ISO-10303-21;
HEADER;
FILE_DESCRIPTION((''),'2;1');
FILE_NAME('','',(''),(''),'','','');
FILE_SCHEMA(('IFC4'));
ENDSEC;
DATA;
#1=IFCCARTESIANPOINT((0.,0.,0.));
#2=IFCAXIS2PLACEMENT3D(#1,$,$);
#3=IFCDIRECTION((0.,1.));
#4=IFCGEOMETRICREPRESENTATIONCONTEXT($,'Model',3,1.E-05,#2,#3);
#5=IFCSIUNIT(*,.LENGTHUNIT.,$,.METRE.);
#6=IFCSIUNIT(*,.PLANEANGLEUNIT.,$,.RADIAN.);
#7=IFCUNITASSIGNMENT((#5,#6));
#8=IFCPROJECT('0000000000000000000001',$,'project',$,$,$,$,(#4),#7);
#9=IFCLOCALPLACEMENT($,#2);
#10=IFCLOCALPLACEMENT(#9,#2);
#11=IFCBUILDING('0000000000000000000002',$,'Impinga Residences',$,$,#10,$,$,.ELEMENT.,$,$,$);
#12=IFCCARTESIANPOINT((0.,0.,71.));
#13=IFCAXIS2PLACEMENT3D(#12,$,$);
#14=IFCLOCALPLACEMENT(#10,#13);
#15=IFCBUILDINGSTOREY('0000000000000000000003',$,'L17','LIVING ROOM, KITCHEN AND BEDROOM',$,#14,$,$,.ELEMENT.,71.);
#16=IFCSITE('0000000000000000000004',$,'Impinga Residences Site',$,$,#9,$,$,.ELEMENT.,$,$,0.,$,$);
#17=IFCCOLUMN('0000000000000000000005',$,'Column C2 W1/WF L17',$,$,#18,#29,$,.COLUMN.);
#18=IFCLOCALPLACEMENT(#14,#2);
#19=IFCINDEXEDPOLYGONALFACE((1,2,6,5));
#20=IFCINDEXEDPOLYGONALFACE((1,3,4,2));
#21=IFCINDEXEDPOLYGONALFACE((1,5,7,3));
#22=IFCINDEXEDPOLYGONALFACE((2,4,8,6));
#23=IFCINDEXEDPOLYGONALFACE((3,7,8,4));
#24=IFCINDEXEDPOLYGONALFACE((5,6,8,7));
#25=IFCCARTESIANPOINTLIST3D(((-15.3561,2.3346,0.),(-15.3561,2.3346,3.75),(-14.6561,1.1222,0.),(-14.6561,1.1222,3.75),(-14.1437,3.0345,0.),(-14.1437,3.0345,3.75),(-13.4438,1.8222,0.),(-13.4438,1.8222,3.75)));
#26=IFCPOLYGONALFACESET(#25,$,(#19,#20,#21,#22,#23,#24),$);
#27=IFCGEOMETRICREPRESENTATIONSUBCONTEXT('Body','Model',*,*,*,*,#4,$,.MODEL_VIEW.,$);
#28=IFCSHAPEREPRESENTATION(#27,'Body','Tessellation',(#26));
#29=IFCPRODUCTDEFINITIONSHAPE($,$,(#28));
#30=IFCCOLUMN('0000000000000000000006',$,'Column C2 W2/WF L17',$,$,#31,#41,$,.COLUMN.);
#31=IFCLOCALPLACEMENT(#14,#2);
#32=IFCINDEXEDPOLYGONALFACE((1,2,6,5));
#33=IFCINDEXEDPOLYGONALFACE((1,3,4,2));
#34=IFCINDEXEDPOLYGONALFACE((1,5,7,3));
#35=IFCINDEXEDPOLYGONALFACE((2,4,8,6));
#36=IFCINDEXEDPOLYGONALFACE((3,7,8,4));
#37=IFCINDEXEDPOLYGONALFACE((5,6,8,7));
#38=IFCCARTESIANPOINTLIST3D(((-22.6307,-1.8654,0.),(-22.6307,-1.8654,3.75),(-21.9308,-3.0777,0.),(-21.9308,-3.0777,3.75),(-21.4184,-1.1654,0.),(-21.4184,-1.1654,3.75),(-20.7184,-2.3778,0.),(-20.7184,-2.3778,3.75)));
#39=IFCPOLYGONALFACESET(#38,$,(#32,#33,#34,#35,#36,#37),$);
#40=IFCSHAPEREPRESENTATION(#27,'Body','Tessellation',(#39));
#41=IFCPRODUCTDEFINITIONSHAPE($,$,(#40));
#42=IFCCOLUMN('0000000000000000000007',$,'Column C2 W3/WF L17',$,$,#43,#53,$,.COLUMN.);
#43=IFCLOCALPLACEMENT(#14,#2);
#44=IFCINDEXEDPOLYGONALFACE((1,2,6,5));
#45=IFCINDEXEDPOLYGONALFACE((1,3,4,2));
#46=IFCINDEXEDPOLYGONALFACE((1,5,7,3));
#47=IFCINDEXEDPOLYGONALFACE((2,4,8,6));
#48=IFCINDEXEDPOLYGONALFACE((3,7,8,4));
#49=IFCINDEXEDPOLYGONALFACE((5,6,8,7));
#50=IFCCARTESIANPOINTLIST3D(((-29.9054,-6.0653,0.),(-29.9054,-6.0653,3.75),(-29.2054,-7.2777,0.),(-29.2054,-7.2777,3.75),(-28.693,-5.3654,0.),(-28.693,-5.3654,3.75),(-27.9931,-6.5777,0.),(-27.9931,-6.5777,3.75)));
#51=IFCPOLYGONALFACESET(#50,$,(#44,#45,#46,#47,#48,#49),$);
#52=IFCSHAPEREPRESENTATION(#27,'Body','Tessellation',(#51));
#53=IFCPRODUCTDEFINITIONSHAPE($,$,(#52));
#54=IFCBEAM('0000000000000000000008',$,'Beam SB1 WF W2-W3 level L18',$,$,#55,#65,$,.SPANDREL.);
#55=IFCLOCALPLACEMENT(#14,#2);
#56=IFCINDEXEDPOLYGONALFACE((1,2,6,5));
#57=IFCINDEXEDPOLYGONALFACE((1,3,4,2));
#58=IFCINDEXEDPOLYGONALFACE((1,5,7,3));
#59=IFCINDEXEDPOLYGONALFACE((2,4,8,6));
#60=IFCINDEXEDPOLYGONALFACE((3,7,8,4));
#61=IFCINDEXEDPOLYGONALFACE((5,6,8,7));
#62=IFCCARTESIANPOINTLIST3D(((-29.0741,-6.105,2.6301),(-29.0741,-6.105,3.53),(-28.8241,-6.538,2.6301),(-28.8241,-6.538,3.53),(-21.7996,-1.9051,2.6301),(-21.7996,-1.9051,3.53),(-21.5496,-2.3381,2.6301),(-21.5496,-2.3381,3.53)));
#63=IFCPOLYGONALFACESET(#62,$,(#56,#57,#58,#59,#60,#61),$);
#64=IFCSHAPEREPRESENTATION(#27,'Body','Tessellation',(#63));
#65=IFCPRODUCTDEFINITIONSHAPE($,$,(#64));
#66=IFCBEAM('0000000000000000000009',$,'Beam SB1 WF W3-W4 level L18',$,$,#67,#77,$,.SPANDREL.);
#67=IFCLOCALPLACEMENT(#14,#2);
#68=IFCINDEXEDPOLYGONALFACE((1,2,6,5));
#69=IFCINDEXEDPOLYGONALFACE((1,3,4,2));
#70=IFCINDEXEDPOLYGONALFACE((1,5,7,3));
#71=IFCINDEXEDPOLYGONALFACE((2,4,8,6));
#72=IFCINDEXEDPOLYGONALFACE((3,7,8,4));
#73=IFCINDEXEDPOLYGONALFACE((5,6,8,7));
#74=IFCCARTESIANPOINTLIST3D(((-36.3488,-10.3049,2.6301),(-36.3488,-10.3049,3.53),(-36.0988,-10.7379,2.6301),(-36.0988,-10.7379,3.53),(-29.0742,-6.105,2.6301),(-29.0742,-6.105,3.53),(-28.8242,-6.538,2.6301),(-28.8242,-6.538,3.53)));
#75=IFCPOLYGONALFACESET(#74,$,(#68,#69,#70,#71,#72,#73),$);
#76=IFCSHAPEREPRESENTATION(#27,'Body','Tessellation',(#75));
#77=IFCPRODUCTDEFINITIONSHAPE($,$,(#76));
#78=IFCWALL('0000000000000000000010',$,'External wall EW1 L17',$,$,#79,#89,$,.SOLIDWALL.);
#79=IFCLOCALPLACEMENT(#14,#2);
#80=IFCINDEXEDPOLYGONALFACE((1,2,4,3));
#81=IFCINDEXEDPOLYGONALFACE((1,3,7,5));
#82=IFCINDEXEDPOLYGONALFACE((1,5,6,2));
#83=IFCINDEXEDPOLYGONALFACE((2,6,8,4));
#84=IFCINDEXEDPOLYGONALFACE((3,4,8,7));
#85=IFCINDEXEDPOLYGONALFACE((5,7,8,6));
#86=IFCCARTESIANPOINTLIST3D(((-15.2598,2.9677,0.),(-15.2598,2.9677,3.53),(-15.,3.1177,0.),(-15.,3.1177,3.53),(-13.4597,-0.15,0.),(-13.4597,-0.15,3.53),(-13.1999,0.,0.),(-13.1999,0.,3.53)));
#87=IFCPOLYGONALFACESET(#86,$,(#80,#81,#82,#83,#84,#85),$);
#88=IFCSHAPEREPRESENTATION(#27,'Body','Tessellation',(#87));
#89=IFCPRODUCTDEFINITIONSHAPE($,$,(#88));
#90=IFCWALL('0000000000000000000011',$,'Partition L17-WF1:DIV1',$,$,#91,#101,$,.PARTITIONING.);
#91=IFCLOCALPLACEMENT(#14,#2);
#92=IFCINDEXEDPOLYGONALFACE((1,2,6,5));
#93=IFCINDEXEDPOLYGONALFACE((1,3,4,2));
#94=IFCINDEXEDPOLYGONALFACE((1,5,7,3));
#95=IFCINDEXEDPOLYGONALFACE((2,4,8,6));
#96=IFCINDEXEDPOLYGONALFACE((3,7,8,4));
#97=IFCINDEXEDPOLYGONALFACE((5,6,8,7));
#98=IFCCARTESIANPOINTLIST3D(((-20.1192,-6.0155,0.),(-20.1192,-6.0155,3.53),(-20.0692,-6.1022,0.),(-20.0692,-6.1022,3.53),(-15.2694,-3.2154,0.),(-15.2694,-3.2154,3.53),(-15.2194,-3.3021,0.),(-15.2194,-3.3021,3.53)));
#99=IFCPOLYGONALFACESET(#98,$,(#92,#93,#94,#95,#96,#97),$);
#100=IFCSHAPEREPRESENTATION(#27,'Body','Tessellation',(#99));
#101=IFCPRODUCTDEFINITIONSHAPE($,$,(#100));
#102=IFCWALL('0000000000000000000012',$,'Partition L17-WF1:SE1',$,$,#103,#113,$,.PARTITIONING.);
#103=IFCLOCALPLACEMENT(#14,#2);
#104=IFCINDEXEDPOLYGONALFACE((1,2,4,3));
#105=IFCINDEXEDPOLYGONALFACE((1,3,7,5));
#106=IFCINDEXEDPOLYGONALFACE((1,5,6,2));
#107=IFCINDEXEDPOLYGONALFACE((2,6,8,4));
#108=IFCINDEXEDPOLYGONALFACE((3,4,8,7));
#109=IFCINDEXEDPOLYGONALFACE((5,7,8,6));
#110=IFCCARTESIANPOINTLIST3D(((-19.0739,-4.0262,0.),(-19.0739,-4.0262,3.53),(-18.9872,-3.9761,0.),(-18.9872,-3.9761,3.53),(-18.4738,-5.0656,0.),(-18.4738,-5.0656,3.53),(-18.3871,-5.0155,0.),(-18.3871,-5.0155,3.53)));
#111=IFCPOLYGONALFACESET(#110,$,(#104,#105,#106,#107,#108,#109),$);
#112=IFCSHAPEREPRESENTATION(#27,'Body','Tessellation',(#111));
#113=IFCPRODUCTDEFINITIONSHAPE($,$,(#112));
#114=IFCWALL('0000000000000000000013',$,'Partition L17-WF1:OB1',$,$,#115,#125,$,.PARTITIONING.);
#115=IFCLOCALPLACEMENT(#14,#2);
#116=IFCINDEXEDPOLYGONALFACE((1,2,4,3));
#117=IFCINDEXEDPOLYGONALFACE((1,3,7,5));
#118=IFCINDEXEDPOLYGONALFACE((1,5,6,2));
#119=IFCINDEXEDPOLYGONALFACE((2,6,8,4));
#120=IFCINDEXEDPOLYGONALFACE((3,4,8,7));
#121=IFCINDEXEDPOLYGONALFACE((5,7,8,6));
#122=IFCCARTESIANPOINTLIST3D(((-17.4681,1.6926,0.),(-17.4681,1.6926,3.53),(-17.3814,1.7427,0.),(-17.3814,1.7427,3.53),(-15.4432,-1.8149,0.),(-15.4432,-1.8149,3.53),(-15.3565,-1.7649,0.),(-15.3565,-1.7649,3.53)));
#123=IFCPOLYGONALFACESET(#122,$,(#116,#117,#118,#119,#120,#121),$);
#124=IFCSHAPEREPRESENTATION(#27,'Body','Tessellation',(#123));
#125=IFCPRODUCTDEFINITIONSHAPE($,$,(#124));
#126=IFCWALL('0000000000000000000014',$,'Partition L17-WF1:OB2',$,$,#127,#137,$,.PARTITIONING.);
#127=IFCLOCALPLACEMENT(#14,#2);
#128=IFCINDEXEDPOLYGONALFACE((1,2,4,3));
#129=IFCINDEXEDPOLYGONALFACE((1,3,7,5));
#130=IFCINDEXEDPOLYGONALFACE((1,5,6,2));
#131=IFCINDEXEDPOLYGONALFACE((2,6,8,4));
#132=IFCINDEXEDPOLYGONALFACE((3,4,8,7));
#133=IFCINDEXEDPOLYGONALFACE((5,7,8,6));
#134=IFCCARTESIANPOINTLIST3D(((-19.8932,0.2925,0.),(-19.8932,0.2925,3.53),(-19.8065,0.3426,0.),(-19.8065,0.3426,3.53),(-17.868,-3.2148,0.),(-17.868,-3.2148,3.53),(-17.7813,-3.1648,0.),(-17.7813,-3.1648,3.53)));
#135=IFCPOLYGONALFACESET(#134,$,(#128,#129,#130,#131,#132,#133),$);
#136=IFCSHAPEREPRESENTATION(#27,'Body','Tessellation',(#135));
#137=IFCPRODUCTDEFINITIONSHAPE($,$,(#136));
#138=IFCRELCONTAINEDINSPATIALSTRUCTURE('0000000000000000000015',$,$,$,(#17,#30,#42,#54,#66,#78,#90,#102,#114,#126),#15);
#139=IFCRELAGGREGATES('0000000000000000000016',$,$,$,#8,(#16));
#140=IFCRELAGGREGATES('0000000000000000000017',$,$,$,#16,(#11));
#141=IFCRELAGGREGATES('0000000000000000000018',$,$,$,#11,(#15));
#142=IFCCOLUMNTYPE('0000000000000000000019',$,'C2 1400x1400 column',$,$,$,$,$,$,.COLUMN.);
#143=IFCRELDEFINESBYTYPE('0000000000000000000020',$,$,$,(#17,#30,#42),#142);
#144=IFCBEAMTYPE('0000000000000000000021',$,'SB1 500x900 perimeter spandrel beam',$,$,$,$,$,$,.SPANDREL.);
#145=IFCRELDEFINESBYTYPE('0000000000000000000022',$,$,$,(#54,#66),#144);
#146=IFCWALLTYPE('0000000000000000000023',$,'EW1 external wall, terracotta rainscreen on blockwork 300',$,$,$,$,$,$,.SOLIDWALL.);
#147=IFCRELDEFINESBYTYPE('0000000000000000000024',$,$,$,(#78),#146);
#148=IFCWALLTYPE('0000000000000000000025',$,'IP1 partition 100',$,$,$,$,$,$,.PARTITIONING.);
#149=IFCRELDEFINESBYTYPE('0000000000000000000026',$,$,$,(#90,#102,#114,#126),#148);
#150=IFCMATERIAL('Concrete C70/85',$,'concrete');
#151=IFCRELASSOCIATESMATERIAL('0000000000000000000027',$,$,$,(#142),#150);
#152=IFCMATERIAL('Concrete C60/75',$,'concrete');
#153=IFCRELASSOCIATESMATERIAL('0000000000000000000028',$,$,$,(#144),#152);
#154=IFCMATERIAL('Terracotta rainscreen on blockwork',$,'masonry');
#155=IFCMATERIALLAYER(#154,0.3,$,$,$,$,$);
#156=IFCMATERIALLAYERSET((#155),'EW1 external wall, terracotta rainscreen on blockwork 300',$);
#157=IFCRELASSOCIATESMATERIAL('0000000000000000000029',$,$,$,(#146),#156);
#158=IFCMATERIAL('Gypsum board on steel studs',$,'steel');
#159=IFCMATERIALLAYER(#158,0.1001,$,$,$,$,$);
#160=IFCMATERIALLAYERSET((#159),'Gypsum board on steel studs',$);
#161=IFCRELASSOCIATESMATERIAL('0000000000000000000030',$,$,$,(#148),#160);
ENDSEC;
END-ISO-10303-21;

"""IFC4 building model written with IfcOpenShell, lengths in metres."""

from ifc_helpers import new_model, si_unit, direction, frame, frame_2d, origin, origin_2d, place, context, subcontext, project, spatial, rectangle, extrude, material, layer, layer_set, material_profile, profile_set, type_object, element, save


model = new_model("IFC4")

# Units and contexts
model_context = context("Model", 3, precision=1e-05, world=origin(), true_north=direction((0.0, 1.0)))
body_context = subcontext(model_context, "Body", "Model", "MODEL_VIEW")
ifc_project = project(units=[si_unit("LENGTHUNIT", "METRE"), si_unit("PLANEANGLEUNIT", "RADIAN")], contexts=[model_context])

# Site, building, storey
site_placement = place(None, origin())
site = spatial("IfcSite", under=ifc_project, at=site_placement, Name="Impinga Residences Site", CompositionType="ELEMENT", RefElevation=0.0)
building_placement = place(site_placement, origin())
building = spatial("IfcBuilding", under=site, at=building_placement, Name="Impinga Residences", CompositionType="ELEMENT")
storey_placement = place(building_placement, frame((0.0, 0.0, 71.0)))
storey = spatial("IfcBuildingStorey", under=building, at=storey_placement, Name="L17", Description="LIVING ROOM, KITCHEN AND BEDROOM", CompositionType="ELEMENT", Elevation=71.0)

# Columns
ifc_material_1 = material(Name="Concrete C70/85", Category="concrete")
ifc_material_profile_1 = material_profile(ifc_material_1, rectangle(XDim=1.3999, YDim=1.3999, at=origin_2d()), Name="RC 1400x1400")
ifc_profile_set_1 = profile_set([ifc_material_profile_1], Name="Concrete C70/85")
column_type = type_object("IfcColumnType", Name="C2 1400x1400 column", PredefinedType="COLUMN", material=ifc_profile_set_1)
for number, where, z_axis, x_axis, name in (
    (1, (-14.3999, 2.0784, 0.0), (0.0, 0.0, 1.0), (-0.5, 0.866025, 0.0), "Column C2 W1/WF L17"),
    (2, (-21.6746, -2.1216, 0.0), (0.0, 0.0, 1.0), (-0.5, 0.866025, 0.0), "Column C2 W2/WF L17"),
    (3, (-28.9492, -6.3215, 0.0), (0.0, 0.0, 1.0), (-0.5, 0.866025, 0.0), "Column C2 W3/WF L17"),
):
    element("IfcColumn", number, at=place(storey_placement, frame(where, z_axis=z_axis, x_axis=x_axis)), inside=storey, type_object=column_type, Name=name, PredefinedType="COLUMN", context=body_context, shape_type="SweptSolid", body=[
        extrude(rectangle(XDim=1.3999, YDim=1.3999, at=origin_2d()), origin(), (0.0, 0.0, 1.0), 3.75),
    ])

# Beams
ifc_material_2 = material(Name="Concrete C60/75", Category="concrete")
ifc_material_profile_2 = material_profile(ifc_material_2, rectangle(XDim=0.5, YDim=0.8999, at=origin_2d()), Name="RC 500x900")
ifc_profile_set_2 = profile_set([ifc_material_profile_2], Name="Concrete C60/75")
beam_type = type_object("IfcBeamType", Name="SB1 500x900 perimeter spandrel beam", PredefinedType="SPANDREL", material=ifc_profile_set_2)
for number, where, z_axis, x_axis, name in (
    (4, (-21.6746, -2.1216, 3.0801), (-0.866029, -0.499993, 0.0), (0.499993, -0.866029, 0.0), "Beam SB1 WF W2-W3 level L18"),
    (5, (-28.9492, -6.3215, 3.0801), (-0.866029, -0.499993, 0.0), (0.499993, -0.866029, 0.0), "Beam SB1 WF W3-W4 level L18"),
):
    element("IfcBeam", number, at=place(storey_placement, frame(where, z_axis=z_axis, x_axis=x_axis)), inside=storey, type_object=beam_type, Name=name, PredefinedType="SPANDREL", context=body_context, shape_type="SweptSolid", body=[
        extrude(rectangle(XDim=0.5, YDim=0.8999, at=origin_2d()), origin(), (0.0, 0.0, 1.0), 8.3999),
    ])

# Walls
ifc_material_3 = material(Name="Terracotta rainscreen on blockwork", Category="masonry")
ifc_layer_1 = layer(ifc_material_3, 0.3)
ifc_layer_set_1 = layer_set([ifc_layer_1], Name="EW1 external wall, terracotta rainscreen on blockwork 300")
wall_type_1 = type_object("IfcWallType", Name="EW1 external wall, terracotta rainscreen on blockwork 300", PredefinedType="SOLIDWALL", material=ifc_layer_set_1)
wall_1_placement = place(storey_placement, frame((-15.1299, 3.0427, 0.0), z_axis=(0.0, 0.0, 1.0), x_axis=(0.500012, -0.866018, 0.0)))
element("IfcWall", 6, at=wall_1_placement, inside=storey, type_object=wall_type_1, Name="External wall EW1 L17", PredefinedType="SOLIDWALL", context=body_context, shape_type="SweptSolid", body=[
    extrude(rectangle(XDim=3.6001, YDim=0.3, at=frame_2d((1.8, 0.0))), origin(), (0.0, 0.0, 1.0), 3.53),
])
ifc_material_4 = material(Name="Gypsum board on steel studs", Category="steel")
ifc_layer_2 = layer(ifc_material_4, 0.1001)
ifc_layer_set_2 = layer_set([ifc_layer_2], Name="Gypsum board on steel studs")
wall_type_2 = type_object("IfcWallType", Name="IP1 partition 100", PredefinedType="PARTITIONING", material=ifc_layer_set_2)
wall_2_placement = place(storey_placement, frame((-15.2444, -3.2588, 0.0), z_axis=(0.0, 0.0, 1.0), x_axis=(-0.866027, -0.499998, 0.0)))
element("IfcWall", 7, at=wall_2_placement, inside=storey, type_object=wall_type_2, Name="Partition L17-WF1:DIV1", PredefinedType="PARTITIONING", context=body_context, shape_type="SweptSolid", body=[
    extrude(rectangle(XDim=5.6001, YDim=0.1001, at=frame_2d((2.8, 0.0))), origin(), (0.0, 0.0, 1.0), 3.53),
])
wall_3_placement = place(storey_placement, frame((-18.4304, -5.0405, 0.0), z_axis=(0.0, 0.0, 1.0), x_axis=(-0.500034, 0.866006, 0.0)))
element("IfcWall", 8, at=wall_3_placement, inside=storey, type_object=wall_type_2, Name="Partition L17-WF1:SE1", PredefinedType="PARTITIONING", context=body_context, shape_type="SweptSolid", body=[
    extrude(rectangle(XDim=1.2002, YDim=0.1001, at=frame_2d((0.6001, 0.0))), origin(), (0.0, 0.0, 1.0), 3.53),
])
for number, where, z_axis, x_axis, name in (
    (9, (-15.3999, -1.7898, 0.0), (0.0, 0.0, 1.0), (-0.499964, 0.866046, 0.0), "Partition L17-WF1:OB1"),
    (10, (-17.8247, -3.1897, 0.0), (0.0, 0.0, 1.0), (-0.500036, 0.866005, 0.0), "Partition L17-WF1:OB2"),
):
    element("IfcWall", number, at=place(storey_placement, frame(where, z_axis=z_axis, x_axis=x_axis)), inside=storey, type_object=wall_type_2, Name=name, PredefinedType="PARTITIONING", context=body_context, shape_type="SweptSolid", body=[
        extrude(rectangle(XDim=4.05, YDim=0.1001, at=frame_2d((2.0249, 0.0))), origin(), (0.0, 0.0, 1.0), 3.53),
    ])

save(model, "model.ifc")
